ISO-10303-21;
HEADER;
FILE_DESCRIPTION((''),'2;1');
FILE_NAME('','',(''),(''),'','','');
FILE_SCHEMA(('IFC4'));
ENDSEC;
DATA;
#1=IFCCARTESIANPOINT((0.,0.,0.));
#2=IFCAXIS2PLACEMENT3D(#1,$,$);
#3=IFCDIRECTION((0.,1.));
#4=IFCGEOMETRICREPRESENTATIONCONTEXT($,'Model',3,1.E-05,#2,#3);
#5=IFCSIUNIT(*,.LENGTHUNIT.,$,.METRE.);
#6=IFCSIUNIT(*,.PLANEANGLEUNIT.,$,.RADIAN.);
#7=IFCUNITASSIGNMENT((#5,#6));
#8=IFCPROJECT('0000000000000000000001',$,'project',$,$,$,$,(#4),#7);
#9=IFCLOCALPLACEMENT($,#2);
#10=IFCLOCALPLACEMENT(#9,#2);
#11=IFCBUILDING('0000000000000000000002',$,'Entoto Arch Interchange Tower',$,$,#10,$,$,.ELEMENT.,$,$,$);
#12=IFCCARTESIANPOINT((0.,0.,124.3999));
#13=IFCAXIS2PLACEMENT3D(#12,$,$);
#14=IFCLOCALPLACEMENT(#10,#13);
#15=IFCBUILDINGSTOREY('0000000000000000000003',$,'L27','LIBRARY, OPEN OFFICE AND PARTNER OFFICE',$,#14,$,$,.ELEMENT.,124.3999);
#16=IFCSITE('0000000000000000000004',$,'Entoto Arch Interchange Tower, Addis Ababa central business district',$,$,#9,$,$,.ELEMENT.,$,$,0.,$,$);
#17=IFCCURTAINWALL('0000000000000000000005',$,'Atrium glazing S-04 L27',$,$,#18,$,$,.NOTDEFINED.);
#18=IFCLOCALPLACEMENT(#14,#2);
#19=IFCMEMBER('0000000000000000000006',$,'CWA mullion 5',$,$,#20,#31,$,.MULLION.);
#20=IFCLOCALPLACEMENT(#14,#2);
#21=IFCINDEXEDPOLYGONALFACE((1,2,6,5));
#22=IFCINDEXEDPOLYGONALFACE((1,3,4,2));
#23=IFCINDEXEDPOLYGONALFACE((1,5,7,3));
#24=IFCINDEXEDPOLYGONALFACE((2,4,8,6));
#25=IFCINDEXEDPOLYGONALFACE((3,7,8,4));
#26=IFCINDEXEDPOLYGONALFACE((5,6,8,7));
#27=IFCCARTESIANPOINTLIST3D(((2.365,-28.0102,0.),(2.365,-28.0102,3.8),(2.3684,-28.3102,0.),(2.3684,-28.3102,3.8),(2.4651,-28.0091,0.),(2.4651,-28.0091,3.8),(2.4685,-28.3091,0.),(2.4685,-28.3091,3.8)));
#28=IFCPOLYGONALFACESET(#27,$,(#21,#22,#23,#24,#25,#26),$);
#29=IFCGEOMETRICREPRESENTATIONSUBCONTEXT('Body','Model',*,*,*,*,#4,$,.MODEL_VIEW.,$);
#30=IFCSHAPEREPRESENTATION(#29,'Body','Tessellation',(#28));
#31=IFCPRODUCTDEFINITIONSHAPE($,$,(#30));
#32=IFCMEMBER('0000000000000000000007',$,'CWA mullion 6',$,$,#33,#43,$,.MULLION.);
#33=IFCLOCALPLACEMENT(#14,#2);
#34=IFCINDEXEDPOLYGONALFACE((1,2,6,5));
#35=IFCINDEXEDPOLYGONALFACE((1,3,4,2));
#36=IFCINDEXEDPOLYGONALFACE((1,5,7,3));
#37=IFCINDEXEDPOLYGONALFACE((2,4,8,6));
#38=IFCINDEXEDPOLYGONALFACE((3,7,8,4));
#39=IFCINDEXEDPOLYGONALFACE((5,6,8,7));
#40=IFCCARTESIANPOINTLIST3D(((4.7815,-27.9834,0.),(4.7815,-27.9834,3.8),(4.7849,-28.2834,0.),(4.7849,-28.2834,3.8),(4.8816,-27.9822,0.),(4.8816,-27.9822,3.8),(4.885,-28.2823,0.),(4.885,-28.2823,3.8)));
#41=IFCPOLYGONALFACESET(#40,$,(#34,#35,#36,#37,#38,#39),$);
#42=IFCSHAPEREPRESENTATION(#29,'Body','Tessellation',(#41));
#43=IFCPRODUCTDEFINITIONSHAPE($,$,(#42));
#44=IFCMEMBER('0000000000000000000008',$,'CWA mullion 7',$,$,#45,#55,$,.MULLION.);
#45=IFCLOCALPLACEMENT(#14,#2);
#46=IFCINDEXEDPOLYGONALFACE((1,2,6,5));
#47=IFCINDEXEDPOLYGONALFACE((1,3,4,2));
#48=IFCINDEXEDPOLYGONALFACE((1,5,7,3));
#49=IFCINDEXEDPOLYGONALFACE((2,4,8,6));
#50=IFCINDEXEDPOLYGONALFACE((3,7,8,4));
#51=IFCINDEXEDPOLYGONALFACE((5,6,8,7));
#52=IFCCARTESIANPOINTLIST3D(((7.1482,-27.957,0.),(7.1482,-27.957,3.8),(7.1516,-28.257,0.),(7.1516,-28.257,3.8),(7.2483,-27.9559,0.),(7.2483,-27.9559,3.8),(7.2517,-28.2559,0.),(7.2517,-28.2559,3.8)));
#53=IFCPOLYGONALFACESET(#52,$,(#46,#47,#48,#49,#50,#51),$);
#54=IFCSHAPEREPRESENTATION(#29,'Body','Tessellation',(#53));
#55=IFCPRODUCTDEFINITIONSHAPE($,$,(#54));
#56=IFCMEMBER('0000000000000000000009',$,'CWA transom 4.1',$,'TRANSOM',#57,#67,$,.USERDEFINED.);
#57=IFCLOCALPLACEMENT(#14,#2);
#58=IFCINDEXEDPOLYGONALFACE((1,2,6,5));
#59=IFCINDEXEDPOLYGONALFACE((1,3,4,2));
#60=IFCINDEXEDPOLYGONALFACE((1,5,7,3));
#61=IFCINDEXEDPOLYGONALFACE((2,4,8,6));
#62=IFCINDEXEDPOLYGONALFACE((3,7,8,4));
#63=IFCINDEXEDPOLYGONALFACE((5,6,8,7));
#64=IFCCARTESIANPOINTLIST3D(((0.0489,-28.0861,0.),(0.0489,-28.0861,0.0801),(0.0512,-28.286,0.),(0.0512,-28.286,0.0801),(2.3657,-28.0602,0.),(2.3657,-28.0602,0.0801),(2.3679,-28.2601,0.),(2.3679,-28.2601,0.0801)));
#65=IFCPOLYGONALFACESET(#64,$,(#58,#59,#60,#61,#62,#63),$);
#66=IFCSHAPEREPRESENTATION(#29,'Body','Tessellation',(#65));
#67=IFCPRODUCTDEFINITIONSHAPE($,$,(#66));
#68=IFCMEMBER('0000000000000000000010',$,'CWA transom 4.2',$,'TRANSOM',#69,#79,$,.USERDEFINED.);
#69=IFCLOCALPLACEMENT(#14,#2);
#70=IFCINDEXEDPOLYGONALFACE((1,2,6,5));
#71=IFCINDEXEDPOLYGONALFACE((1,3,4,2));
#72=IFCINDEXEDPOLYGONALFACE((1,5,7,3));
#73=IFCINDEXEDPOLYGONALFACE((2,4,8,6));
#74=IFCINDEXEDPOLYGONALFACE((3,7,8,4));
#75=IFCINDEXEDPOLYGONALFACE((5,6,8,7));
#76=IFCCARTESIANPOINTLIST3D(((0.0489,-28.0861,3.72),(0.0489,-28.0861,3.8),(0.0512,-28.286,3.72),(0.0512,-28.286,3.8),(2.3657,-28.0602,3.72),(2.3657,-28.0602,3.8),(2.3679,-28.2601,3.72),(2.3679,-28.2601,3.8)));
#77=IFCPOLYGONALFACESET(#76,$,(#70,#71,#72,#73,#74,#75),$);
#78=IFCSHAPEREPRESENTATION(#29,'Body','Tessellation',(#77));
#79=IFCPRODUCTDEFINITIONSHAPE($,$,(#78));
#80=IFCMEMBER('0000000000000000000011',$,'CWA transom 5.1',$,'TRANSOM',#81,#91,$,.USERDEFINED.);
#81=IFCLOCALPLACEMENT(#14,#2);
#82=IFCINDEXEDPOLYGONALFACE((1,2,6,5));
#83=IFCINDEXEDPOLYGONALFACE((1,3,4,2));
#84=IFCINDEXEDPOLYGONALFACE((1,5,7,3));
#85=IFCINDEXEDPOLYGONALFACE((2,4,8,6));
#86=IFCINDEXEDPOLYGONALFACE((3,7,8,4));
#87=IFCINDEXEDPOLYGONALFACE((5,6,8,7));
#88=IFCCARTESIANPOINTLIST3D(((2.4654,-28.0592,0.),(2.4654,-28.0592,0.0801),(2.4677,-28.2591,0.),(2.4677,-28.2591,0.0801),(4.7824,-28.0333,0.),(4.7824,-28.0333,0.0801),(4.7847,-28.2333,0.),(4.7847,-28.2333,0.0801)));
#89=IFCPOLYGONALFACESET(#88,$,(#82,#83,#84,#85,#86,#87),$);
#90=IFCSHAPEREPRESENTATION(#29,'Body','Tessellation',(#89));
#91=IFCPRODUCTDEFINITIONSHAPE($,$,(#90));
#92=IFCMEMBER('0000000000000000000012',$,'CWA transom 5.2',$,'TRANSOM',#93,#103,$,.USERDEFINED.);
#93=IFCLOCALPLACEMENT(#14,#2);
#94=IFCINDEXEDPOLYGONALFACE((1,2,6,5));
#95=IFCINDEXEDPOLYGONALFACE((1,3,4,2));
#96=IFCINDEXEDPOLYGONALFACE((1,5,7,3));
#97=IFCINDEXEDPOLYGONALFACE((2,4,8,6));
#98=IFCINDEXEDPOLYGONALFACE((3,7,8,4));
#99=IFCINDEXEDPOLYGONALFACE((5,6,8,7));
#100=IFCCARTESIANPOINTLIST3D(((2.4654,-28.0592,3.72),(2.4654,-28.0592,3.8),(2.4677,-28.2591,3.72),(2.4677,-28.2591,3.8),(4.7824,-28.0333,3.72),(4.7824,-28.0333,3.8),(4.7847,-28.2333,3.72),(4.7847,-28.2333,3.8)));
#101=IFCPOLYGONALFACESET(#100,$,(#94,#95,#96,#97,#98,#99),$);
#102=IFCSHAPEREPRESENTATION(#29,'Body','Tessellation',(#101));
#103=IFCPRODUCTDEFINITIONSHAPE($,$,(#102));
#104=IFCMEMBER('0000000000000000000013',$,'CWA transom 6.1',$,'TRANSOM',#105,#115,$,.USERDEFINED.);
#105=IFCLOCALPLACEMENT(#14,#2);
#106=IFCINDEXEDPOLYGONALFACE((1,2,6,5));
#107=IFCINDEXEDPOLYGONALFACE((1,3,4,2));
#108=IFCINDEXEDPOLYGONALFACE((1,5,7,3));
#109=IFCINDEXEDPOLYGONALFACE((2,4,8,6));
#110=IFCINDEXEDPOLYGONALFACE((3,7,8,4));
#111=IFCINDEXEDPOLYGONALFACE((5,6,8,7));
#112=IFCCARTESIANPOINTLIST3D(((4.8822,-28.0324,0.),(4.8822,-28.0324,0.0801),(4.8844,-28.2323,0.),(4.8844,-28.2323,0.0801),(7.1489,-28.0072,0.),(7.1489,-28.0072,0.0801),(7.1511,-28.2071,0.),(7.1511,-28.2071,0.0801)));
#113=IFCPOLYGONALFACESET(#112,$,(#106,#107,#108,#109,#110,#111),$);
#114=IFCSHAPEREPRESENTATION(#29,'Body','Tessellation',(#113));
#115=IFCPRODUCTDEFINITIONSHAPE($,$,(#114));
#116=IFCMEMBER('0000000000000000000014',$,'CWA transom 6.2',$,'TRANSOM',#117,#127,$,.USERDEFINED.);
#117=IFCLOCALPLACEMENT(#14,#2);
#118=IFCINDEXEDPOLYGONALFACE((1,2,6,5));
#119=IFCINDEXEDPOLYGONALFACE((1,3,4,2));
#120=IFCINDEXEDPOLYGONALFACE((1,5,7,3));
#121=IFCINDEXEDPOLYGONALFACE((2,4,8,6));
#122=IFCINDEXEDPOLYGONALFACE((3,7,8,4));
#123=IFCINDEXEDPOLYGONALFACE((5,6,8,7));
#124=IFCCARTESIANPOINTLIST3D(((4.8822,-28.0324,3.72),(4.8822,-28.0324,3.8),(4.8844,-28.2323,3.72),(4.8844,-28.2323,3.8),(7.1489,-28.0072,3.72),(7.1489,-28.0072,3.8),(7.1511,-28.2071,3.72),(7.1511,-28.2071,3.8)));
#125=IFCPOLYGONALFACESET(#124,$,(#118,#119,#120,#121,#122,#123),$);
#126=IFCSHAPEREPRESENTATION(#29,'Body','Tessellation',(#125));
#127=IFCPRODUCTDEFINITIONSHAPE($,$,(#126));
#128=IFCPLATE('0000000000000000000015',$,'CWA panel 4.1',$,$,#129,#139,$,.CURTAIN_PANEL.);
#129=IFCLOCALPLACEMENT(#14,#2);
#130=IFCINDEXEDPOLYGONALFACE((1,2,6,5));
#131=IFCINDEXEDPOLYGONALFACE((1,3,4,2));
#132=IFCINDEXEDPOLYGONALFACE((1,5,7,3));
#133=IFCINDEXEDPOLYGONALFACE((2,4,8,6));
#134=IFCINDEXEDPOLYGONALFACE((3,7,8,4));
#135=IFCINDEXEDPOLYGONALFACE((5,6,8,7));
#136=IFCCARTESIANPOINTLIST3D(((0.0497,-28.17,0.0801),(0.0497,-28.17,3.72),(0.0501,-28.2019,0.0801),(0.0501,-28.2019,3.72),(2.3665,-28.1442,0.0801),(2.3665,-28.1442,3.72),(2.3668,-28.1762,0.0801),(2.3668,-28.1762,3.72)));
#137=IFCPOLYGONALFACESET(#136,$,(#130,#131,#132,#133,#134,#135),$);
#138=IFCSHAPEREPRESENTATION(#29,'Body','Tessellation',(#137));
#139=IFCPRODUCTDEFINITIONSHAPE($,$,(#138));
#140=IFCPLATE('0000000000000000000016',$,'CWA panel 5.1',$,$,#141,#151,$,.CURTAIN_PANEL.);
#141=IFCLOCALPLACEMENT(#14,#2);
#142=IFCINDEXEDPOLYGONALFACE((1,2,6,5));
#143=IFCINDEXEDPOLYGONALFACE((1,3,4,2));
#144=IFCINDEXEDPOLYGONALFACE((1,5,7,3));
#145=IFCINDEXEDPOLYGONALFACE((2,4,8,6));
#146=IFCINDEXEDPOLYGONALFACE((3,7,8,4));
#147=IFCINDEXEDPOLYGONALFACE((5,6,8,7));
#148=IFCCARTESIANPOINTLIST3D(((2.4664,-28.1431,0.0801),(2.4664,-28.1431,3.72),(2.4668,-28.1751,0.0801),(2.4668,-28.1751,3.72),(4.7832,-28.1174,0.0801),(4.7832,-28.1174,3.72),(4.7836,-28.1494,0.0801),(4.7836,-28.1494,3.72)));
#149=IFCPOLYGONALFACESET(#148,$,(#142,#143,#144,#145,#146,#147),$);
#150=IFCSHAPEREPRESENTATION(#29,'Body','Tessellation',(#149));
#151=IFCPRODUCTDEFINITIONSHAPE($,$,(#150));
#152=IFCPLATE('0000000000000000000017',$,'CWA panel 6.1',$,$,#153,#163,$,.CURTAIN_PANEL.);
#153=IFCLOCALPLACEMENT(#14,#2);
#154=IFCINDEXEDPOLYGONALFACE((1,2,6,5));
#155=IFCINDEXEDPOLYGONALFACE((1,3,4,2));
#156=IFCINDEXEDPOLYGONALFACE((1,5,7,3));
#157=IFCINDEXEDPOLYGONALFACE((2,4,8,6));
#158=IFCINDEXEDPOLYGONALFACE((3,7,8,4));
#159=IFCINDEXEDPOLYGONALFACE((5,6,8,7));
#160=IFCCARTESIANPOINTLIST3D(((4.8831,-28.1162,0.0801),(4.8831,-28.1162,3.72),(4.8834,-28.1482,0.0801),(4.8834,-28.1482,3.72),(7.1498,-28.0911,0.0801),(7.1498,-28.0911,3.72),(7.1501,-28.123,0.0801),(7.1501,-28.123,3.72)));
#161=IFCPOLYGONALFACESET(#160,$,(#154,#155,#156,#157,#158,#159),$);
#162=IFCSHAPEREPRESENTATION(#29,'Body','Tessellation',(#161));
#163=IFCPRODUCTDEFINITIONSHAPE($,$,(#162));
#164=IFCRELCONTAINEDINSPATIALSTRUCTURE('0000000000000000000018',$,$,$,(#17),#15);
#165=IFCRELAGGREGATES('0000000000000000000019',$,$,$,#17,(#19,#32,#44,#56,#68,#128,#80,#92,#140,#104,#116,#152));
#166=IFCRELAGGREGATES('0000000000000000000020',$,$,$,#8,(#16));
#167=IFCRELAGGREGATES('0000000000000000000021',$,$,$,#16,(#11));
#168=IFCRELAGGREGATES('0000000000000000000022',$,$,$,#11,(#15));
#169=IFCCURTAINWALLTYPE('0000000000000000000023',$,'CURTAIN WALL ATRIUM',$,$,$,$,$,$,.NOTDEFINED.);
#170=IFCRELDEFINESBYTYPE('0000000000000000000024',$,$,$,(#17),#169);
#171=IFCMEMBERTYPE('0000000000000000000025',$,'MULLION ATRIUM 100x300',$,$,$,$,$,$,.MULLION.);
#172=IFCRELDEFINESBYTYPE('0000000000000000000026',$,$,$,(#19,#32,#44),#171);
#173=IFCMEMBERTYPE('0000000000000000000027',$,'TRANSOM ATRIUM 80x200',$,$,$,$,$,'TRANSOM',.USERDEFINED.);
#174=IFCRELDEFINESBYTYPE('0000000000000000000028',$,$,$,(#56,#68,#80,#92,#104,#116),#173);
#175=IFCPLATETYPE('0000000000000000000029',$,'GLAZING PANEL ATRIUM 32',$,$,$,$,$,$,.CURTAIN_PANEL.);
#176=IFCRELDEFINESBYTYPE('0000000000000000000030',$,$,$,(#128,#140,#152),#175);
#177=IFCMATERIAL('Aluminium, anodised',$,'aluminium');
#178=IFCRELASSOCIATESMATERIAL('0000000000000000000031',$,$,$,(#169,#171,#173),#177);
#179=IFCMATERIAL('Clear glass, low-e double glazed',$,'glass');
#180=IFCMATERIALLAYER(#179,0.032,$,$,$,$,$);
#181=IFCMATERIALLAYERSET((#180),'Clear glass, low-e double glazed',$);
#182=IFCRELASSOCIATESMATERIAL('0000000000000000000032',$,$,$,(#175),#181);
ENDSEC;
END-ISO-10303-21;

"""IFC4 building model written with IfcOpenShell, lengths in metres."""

from ifc_helpers import new_model, si_unit, direction, frame, origin, origin_2d, place, context, subcontext, project, spatial, rectangle, extrude, material, layer, layer_set, material_profile, profile_set, type_object, element, aggregate, save


model = new_model("IFC4")

# Units and contexts
model_context = context("Model", 3, precision=1e-05, world=origin(), true_north=direction((0.0, 1.0)))
body_context = subcontext(model_context, "Body", "Model", "MODEL_VIEW")
ifc_project = project(units=[si_unit("LENGTHUNIT", "METRE"), si_unit("PLANEANGLEUNIT", "RADIAN")], contexts=[model_context])

# Site, building, storey
site_placement = place(None, origin())
site = spatial("IfcSite", under=ifc_project, at=site_placement, Name="Entoto Arch Interchange Tower, Addis Ababa central business district", CompositionType="ELEMENT", RefElevation=0.0)
building_placement = place(site_placement, origin())
building = spatial("IfcBuilding", under=site, at=building_placement, Name="Entoto Arch Interchange Tower", CompositionType="ELEMENT")
storey_placement = place(building_placement, frame((0.0, 0.0, 124.3999)))
storey = spatial("IfcBuildingStorey", under=building, at=storey_placement, Name="L27", Description="LIBRARY, OPEN OFFICE AND PARTNER OFFICE", CompositionType="ELEMENT", Elevation=124.3999)

# Curtain wall, members, plates
ifc_material_1 = material(Name="Aluminium, anodised", Category="aluminium")
curtain_wall_type = type_object("IfcCurtainWallType", Name="CURTAIN WALL ATRIUM", PredefinedType="NOTDEFINED", material=ifc_material_1)
curtain_wall_placement = place(storey_placement, origin())
curtain_wall = element("IfcCurtainWall", 1, at=curtain_wall_placement, inside=storey, type_object=curtain_wall_type, Name="Atrium glazing S-04 L27", PredefinedType="NOTDEFINED")
ifc_material_profile_1 = material_profile(ifc_material_1, rectangle(XDim=0.3, YDim=0.1001, at=origin_2d()))
ifc_profile_set_1 = profile_set([ifc_material_profile_1], Name="Aluminium, anodised")
member_type_1 = type_object("IfcMemberType", Name="MULLION ATRIUM 100x300", PredefinedType="MULLION", material=ifc_profile_set_1)
member_1_placement = place(storey_placement, frame((2.4167, -28.1597, 0.0), z_axis=(0.0, 0.0, 1.0), x_axis=(-0.011103, 0.999938, 0.0)))
member_1 = element("IfcMember", 2, at=member_1_placement, type_object=member_type_1, Name="CWA mullion 5", PredefinedType="MULLION", context=body_context, shape_type="SweptSolid", body=[
    extrude(rectangle(XDim=0.3, YDim=0.1001, at=origin_2d()), origin(), (0.0, 0.0, 1.0), 3.8),
])
member_2_placement = place(storey_placement, frame((4.8333, -28.1328, 0.0), z_axis=(0.0, 0.0, 1.0), x_axis=(-0.011103, 0.999938, 0.0)))
member_2 = element("IfcMember", 3, at=member_2_placement, type_object=member_type_1, Name="CWA mullion 6", PredefinedType="MULLION", context=body_context, shape_type="SweptSolid", body=[
    extrude(rectangle(XDim=0.3, YDim=0.1001, at=origin_2d()), origin(), (0.0, 0.0, 1.0), 3.8),
])
member_3_placement = place(storey_placement, frame((7.2, -28.1064, 0.0), z_axis=(0.0, 0.0, 1.0), x_axis=(-0.011103, 0.999938, 0.0)))
member_3 = element("IfcMember", 4, at=member_3_placement, type_object=member_type_1, Name="CWA mullion 7", PredefinedType="MULLION", context=body_context, shape_type="SweptSolid", body=[
    extrude(rectangle(XDim=0.3, YDim=0.1001, at=origin_2d()), origin(), (0.0, 0.0, 1.0), 3.8),
])
ifc_material_profile_2 = material_profile(ifc_material_1, rectangle(XDim=0.2, YDim=0.0801, at=origin_2d()))
ifc_profile_set_2 = profile_set([ifc_material_profile_2], Name="Aluminium, anodised")
member_type_2 = type_object("IfcMemberType", Name="TRANSOM ATRIUM 80x200", ElementType="TRANSOM", PredefinedType="USERDEFINED", material=ifc_profile_set_2)
member_4_placement = place(storey_placement, frame((0.05, -28.186, 0.04), z_axis=(0.999938, 0.01117, 0.0), x_axis=(-0.01117, 0.999938, 0.0)))
member_4 = element("IfcMember", 5, at=member_4_placement, type_object=member_type_2, Name="CWA transom 4.1", ObjectType="TRANSOM", PredefinedType="USERDEFINED", context=body_context, shape_type="SweptSolid", body=[
    extrude(rectangle(XDim=0.2, YDim=0.0801, at=origin_2d()), origin(), (0.0, 0.0, 1.0), 2.3169),
])
member_5_placement = place(storey_placement, frame((0.05, -28.186, 3.76), z_axis=(0.999938, 0.01117, 0.0), x_axis=(-0.01117, 0.999938, 0.0)))
member_5 = element("IfcMember", 6, at=member_5_placement, type_object=member_type_2, Name="CWA transom 4.2", ObjectType="TRANSOM", PredefinedType="USERDEFINED", context=body_context, shape_type="SweptSolid", body=[
    extrude(rectangle(XDim=0.2, YDim=0.0801, at=origin_2d()), origin(), (0.0, 0.0, 1.0), 2.3169),
])
member_6_placement = place(storey_placement, frame((2.4666, -28.1592, 0.04), z_axis=(0.999938, 0.011169, 0.0), x_axis=(-0.011169, 0.999938, 0.0)))
member_6 = element("IfcMember", 7, at=member_6_placement, type_object=member_type_2, Name="CWA transom 5.1", ObjectType="TRANSOM", PredefinedType="USERDEFINED", context=body_context, shape_type="SweptSolid", body=[
    extrude(rectangle(XDim=0.2, YDim=0.0801, at=origin_2d()), origin(), (0.0, 0.0, 1.0), 2.3171),
])
member_7_placement = place(storey_placement, frame((2.4666, -28.1592, 3.76), z_axis=(0.999938, 0.011169, 0.0), x_axis=(-0.011169, 0.999938, 0.0)))
member_7 = element("IfcMember", 8, at=member_7_placement, type_object=member_type_2, Name="CWA transom 5.2", ObjectType="TRANSOM", PredefinedType="USERDEFINED", context=body_context, shape_type="SweptSolid", body=[
    extrude(rectangle(XDim=0.2, YDim=0.0801, at=origin_2d()), origin(), (0.0, 0.0, 1.0), 2.3171),
])
member_8_placement = place(storey_placement, frame((4.8833, -28.1323, 0.04), z_axis=(0.999938, 0.011094, 0.0), x_axis=(-0.011094, 0.999938, 0.0)))
member_8 = element("IfcMember", 9, at=member_8_placement, type_object=member_type_2, Name="CWA transom 6.1", ObjectType="TRANSOM", PredefinedType="USERDEFINED", context=body_context, shape_type="SweptSolid", body=[
    extrude(rectangle(XDim=0.2, YDim=0.0801, at=origin_2d()), origin(), (0.0, 0.0, 1.0), 2.2668),
])
member_9_placement = place(storey_placement, frame((4.8833, -28.1323, 3.76), z_axis=(0.999938, 0.011094, 0.0), x_axis=(-0.011094, 0.999938, 0.0)))
member_9 = element("IfcMember", 10, at=member_9_placement, type_object=member_type_2, Name="CWA transom 6.2", ObjectType="TRANSOM", PredefinedType="USERDEFINED", context=body_context, shape_type="SweptSolid", body=[
    extrude(rectangle(XDim=0.2, YDim=0.0801, at=origin_2d()), origin(), (0.0, 0.0, 1.0), 2.2668),
])
ifc_material_2 = material(Name="Clear glass, low-e double glazed", Category="glass")
ifc_layer_1 = layer(ifc_material_2, 0.032)
ifc_layer_set_1 = layer_set([ifc_layer_1], Name="Clear glass, low-e double glazed")
plate_type = type_object("IfcPlateType", Name="GLAZING PANEL ATRIUM 32", PredefinedType="CURTAIN_PANEL", material=ifc_layer_set_1)
plate_1_placement = place(storey_placement, frame((1.2083, -28.1731, 0.0801), z_axis=(0.0, 0.0, 1.0), x_axis=(0.999938, 0.011103, 0.0)))
plate_1 = element("IfcPlate", 11, at=plate_1_placement, type_object=plate_type, Name="CWA panel 4.1", PredefinedType="CURTAIN_PANEL", context=body_context, shape_type="SweptSolid", body=[
    extrude(rectangle(XDim=2.3169, YDim=0.032, at=origin_2d()), origin(), (0.0, 0.0, 1.0), 3.6399),
])
plate_2_placement = place(storey_placement, frame((3.625, -28.1462, 0.0801), z_axis=(0.0, 0.0, 1.0), x_axis=(0.999938, 0.011103, 0.0)))
plate_2 = element("IfcPlate", 12, at=plate_2_placement, type_object=plate_type, Name="CWA panel 5.1", PredefinedType="CURTAIN_PANEL", context=body_context, shape_type="SweptSolid", body=[
    extrude(rectangle(XDim=2.3169, YDim=0.032, at=origin_2d()), origin(), (0.0, 0.0, 1.0), 3.6399),
])
plate_3_placement = place(storey_placement, frame((6.0166, -28.1196, 0.0801), z_axis=(0.0, 0.0, 1.0), x_axis=(0.999938, 0.011103, 0.0)))
plate_3 = element("IfcPlate", 13, at=plate_3_placement, type_object=plate_type, Name="CWA panel 6.1", PredefinedType="CURTAIN_PANEL", context=body_context, shape_type="SweptSolid", body=[
    extrude(rectangle(XDim=2.2668, YDim=0.032, at=origin_2d()), origin(), (0.0, 0.0, 1.0), 3.6399),
])
aggregate(curtain_wall, [member_1, member_2, member_3, member_4, member_5, plate_1, member_6, member_7, plate_2, member_8, member_9, plate_3])

save(model, "model.ifc")
